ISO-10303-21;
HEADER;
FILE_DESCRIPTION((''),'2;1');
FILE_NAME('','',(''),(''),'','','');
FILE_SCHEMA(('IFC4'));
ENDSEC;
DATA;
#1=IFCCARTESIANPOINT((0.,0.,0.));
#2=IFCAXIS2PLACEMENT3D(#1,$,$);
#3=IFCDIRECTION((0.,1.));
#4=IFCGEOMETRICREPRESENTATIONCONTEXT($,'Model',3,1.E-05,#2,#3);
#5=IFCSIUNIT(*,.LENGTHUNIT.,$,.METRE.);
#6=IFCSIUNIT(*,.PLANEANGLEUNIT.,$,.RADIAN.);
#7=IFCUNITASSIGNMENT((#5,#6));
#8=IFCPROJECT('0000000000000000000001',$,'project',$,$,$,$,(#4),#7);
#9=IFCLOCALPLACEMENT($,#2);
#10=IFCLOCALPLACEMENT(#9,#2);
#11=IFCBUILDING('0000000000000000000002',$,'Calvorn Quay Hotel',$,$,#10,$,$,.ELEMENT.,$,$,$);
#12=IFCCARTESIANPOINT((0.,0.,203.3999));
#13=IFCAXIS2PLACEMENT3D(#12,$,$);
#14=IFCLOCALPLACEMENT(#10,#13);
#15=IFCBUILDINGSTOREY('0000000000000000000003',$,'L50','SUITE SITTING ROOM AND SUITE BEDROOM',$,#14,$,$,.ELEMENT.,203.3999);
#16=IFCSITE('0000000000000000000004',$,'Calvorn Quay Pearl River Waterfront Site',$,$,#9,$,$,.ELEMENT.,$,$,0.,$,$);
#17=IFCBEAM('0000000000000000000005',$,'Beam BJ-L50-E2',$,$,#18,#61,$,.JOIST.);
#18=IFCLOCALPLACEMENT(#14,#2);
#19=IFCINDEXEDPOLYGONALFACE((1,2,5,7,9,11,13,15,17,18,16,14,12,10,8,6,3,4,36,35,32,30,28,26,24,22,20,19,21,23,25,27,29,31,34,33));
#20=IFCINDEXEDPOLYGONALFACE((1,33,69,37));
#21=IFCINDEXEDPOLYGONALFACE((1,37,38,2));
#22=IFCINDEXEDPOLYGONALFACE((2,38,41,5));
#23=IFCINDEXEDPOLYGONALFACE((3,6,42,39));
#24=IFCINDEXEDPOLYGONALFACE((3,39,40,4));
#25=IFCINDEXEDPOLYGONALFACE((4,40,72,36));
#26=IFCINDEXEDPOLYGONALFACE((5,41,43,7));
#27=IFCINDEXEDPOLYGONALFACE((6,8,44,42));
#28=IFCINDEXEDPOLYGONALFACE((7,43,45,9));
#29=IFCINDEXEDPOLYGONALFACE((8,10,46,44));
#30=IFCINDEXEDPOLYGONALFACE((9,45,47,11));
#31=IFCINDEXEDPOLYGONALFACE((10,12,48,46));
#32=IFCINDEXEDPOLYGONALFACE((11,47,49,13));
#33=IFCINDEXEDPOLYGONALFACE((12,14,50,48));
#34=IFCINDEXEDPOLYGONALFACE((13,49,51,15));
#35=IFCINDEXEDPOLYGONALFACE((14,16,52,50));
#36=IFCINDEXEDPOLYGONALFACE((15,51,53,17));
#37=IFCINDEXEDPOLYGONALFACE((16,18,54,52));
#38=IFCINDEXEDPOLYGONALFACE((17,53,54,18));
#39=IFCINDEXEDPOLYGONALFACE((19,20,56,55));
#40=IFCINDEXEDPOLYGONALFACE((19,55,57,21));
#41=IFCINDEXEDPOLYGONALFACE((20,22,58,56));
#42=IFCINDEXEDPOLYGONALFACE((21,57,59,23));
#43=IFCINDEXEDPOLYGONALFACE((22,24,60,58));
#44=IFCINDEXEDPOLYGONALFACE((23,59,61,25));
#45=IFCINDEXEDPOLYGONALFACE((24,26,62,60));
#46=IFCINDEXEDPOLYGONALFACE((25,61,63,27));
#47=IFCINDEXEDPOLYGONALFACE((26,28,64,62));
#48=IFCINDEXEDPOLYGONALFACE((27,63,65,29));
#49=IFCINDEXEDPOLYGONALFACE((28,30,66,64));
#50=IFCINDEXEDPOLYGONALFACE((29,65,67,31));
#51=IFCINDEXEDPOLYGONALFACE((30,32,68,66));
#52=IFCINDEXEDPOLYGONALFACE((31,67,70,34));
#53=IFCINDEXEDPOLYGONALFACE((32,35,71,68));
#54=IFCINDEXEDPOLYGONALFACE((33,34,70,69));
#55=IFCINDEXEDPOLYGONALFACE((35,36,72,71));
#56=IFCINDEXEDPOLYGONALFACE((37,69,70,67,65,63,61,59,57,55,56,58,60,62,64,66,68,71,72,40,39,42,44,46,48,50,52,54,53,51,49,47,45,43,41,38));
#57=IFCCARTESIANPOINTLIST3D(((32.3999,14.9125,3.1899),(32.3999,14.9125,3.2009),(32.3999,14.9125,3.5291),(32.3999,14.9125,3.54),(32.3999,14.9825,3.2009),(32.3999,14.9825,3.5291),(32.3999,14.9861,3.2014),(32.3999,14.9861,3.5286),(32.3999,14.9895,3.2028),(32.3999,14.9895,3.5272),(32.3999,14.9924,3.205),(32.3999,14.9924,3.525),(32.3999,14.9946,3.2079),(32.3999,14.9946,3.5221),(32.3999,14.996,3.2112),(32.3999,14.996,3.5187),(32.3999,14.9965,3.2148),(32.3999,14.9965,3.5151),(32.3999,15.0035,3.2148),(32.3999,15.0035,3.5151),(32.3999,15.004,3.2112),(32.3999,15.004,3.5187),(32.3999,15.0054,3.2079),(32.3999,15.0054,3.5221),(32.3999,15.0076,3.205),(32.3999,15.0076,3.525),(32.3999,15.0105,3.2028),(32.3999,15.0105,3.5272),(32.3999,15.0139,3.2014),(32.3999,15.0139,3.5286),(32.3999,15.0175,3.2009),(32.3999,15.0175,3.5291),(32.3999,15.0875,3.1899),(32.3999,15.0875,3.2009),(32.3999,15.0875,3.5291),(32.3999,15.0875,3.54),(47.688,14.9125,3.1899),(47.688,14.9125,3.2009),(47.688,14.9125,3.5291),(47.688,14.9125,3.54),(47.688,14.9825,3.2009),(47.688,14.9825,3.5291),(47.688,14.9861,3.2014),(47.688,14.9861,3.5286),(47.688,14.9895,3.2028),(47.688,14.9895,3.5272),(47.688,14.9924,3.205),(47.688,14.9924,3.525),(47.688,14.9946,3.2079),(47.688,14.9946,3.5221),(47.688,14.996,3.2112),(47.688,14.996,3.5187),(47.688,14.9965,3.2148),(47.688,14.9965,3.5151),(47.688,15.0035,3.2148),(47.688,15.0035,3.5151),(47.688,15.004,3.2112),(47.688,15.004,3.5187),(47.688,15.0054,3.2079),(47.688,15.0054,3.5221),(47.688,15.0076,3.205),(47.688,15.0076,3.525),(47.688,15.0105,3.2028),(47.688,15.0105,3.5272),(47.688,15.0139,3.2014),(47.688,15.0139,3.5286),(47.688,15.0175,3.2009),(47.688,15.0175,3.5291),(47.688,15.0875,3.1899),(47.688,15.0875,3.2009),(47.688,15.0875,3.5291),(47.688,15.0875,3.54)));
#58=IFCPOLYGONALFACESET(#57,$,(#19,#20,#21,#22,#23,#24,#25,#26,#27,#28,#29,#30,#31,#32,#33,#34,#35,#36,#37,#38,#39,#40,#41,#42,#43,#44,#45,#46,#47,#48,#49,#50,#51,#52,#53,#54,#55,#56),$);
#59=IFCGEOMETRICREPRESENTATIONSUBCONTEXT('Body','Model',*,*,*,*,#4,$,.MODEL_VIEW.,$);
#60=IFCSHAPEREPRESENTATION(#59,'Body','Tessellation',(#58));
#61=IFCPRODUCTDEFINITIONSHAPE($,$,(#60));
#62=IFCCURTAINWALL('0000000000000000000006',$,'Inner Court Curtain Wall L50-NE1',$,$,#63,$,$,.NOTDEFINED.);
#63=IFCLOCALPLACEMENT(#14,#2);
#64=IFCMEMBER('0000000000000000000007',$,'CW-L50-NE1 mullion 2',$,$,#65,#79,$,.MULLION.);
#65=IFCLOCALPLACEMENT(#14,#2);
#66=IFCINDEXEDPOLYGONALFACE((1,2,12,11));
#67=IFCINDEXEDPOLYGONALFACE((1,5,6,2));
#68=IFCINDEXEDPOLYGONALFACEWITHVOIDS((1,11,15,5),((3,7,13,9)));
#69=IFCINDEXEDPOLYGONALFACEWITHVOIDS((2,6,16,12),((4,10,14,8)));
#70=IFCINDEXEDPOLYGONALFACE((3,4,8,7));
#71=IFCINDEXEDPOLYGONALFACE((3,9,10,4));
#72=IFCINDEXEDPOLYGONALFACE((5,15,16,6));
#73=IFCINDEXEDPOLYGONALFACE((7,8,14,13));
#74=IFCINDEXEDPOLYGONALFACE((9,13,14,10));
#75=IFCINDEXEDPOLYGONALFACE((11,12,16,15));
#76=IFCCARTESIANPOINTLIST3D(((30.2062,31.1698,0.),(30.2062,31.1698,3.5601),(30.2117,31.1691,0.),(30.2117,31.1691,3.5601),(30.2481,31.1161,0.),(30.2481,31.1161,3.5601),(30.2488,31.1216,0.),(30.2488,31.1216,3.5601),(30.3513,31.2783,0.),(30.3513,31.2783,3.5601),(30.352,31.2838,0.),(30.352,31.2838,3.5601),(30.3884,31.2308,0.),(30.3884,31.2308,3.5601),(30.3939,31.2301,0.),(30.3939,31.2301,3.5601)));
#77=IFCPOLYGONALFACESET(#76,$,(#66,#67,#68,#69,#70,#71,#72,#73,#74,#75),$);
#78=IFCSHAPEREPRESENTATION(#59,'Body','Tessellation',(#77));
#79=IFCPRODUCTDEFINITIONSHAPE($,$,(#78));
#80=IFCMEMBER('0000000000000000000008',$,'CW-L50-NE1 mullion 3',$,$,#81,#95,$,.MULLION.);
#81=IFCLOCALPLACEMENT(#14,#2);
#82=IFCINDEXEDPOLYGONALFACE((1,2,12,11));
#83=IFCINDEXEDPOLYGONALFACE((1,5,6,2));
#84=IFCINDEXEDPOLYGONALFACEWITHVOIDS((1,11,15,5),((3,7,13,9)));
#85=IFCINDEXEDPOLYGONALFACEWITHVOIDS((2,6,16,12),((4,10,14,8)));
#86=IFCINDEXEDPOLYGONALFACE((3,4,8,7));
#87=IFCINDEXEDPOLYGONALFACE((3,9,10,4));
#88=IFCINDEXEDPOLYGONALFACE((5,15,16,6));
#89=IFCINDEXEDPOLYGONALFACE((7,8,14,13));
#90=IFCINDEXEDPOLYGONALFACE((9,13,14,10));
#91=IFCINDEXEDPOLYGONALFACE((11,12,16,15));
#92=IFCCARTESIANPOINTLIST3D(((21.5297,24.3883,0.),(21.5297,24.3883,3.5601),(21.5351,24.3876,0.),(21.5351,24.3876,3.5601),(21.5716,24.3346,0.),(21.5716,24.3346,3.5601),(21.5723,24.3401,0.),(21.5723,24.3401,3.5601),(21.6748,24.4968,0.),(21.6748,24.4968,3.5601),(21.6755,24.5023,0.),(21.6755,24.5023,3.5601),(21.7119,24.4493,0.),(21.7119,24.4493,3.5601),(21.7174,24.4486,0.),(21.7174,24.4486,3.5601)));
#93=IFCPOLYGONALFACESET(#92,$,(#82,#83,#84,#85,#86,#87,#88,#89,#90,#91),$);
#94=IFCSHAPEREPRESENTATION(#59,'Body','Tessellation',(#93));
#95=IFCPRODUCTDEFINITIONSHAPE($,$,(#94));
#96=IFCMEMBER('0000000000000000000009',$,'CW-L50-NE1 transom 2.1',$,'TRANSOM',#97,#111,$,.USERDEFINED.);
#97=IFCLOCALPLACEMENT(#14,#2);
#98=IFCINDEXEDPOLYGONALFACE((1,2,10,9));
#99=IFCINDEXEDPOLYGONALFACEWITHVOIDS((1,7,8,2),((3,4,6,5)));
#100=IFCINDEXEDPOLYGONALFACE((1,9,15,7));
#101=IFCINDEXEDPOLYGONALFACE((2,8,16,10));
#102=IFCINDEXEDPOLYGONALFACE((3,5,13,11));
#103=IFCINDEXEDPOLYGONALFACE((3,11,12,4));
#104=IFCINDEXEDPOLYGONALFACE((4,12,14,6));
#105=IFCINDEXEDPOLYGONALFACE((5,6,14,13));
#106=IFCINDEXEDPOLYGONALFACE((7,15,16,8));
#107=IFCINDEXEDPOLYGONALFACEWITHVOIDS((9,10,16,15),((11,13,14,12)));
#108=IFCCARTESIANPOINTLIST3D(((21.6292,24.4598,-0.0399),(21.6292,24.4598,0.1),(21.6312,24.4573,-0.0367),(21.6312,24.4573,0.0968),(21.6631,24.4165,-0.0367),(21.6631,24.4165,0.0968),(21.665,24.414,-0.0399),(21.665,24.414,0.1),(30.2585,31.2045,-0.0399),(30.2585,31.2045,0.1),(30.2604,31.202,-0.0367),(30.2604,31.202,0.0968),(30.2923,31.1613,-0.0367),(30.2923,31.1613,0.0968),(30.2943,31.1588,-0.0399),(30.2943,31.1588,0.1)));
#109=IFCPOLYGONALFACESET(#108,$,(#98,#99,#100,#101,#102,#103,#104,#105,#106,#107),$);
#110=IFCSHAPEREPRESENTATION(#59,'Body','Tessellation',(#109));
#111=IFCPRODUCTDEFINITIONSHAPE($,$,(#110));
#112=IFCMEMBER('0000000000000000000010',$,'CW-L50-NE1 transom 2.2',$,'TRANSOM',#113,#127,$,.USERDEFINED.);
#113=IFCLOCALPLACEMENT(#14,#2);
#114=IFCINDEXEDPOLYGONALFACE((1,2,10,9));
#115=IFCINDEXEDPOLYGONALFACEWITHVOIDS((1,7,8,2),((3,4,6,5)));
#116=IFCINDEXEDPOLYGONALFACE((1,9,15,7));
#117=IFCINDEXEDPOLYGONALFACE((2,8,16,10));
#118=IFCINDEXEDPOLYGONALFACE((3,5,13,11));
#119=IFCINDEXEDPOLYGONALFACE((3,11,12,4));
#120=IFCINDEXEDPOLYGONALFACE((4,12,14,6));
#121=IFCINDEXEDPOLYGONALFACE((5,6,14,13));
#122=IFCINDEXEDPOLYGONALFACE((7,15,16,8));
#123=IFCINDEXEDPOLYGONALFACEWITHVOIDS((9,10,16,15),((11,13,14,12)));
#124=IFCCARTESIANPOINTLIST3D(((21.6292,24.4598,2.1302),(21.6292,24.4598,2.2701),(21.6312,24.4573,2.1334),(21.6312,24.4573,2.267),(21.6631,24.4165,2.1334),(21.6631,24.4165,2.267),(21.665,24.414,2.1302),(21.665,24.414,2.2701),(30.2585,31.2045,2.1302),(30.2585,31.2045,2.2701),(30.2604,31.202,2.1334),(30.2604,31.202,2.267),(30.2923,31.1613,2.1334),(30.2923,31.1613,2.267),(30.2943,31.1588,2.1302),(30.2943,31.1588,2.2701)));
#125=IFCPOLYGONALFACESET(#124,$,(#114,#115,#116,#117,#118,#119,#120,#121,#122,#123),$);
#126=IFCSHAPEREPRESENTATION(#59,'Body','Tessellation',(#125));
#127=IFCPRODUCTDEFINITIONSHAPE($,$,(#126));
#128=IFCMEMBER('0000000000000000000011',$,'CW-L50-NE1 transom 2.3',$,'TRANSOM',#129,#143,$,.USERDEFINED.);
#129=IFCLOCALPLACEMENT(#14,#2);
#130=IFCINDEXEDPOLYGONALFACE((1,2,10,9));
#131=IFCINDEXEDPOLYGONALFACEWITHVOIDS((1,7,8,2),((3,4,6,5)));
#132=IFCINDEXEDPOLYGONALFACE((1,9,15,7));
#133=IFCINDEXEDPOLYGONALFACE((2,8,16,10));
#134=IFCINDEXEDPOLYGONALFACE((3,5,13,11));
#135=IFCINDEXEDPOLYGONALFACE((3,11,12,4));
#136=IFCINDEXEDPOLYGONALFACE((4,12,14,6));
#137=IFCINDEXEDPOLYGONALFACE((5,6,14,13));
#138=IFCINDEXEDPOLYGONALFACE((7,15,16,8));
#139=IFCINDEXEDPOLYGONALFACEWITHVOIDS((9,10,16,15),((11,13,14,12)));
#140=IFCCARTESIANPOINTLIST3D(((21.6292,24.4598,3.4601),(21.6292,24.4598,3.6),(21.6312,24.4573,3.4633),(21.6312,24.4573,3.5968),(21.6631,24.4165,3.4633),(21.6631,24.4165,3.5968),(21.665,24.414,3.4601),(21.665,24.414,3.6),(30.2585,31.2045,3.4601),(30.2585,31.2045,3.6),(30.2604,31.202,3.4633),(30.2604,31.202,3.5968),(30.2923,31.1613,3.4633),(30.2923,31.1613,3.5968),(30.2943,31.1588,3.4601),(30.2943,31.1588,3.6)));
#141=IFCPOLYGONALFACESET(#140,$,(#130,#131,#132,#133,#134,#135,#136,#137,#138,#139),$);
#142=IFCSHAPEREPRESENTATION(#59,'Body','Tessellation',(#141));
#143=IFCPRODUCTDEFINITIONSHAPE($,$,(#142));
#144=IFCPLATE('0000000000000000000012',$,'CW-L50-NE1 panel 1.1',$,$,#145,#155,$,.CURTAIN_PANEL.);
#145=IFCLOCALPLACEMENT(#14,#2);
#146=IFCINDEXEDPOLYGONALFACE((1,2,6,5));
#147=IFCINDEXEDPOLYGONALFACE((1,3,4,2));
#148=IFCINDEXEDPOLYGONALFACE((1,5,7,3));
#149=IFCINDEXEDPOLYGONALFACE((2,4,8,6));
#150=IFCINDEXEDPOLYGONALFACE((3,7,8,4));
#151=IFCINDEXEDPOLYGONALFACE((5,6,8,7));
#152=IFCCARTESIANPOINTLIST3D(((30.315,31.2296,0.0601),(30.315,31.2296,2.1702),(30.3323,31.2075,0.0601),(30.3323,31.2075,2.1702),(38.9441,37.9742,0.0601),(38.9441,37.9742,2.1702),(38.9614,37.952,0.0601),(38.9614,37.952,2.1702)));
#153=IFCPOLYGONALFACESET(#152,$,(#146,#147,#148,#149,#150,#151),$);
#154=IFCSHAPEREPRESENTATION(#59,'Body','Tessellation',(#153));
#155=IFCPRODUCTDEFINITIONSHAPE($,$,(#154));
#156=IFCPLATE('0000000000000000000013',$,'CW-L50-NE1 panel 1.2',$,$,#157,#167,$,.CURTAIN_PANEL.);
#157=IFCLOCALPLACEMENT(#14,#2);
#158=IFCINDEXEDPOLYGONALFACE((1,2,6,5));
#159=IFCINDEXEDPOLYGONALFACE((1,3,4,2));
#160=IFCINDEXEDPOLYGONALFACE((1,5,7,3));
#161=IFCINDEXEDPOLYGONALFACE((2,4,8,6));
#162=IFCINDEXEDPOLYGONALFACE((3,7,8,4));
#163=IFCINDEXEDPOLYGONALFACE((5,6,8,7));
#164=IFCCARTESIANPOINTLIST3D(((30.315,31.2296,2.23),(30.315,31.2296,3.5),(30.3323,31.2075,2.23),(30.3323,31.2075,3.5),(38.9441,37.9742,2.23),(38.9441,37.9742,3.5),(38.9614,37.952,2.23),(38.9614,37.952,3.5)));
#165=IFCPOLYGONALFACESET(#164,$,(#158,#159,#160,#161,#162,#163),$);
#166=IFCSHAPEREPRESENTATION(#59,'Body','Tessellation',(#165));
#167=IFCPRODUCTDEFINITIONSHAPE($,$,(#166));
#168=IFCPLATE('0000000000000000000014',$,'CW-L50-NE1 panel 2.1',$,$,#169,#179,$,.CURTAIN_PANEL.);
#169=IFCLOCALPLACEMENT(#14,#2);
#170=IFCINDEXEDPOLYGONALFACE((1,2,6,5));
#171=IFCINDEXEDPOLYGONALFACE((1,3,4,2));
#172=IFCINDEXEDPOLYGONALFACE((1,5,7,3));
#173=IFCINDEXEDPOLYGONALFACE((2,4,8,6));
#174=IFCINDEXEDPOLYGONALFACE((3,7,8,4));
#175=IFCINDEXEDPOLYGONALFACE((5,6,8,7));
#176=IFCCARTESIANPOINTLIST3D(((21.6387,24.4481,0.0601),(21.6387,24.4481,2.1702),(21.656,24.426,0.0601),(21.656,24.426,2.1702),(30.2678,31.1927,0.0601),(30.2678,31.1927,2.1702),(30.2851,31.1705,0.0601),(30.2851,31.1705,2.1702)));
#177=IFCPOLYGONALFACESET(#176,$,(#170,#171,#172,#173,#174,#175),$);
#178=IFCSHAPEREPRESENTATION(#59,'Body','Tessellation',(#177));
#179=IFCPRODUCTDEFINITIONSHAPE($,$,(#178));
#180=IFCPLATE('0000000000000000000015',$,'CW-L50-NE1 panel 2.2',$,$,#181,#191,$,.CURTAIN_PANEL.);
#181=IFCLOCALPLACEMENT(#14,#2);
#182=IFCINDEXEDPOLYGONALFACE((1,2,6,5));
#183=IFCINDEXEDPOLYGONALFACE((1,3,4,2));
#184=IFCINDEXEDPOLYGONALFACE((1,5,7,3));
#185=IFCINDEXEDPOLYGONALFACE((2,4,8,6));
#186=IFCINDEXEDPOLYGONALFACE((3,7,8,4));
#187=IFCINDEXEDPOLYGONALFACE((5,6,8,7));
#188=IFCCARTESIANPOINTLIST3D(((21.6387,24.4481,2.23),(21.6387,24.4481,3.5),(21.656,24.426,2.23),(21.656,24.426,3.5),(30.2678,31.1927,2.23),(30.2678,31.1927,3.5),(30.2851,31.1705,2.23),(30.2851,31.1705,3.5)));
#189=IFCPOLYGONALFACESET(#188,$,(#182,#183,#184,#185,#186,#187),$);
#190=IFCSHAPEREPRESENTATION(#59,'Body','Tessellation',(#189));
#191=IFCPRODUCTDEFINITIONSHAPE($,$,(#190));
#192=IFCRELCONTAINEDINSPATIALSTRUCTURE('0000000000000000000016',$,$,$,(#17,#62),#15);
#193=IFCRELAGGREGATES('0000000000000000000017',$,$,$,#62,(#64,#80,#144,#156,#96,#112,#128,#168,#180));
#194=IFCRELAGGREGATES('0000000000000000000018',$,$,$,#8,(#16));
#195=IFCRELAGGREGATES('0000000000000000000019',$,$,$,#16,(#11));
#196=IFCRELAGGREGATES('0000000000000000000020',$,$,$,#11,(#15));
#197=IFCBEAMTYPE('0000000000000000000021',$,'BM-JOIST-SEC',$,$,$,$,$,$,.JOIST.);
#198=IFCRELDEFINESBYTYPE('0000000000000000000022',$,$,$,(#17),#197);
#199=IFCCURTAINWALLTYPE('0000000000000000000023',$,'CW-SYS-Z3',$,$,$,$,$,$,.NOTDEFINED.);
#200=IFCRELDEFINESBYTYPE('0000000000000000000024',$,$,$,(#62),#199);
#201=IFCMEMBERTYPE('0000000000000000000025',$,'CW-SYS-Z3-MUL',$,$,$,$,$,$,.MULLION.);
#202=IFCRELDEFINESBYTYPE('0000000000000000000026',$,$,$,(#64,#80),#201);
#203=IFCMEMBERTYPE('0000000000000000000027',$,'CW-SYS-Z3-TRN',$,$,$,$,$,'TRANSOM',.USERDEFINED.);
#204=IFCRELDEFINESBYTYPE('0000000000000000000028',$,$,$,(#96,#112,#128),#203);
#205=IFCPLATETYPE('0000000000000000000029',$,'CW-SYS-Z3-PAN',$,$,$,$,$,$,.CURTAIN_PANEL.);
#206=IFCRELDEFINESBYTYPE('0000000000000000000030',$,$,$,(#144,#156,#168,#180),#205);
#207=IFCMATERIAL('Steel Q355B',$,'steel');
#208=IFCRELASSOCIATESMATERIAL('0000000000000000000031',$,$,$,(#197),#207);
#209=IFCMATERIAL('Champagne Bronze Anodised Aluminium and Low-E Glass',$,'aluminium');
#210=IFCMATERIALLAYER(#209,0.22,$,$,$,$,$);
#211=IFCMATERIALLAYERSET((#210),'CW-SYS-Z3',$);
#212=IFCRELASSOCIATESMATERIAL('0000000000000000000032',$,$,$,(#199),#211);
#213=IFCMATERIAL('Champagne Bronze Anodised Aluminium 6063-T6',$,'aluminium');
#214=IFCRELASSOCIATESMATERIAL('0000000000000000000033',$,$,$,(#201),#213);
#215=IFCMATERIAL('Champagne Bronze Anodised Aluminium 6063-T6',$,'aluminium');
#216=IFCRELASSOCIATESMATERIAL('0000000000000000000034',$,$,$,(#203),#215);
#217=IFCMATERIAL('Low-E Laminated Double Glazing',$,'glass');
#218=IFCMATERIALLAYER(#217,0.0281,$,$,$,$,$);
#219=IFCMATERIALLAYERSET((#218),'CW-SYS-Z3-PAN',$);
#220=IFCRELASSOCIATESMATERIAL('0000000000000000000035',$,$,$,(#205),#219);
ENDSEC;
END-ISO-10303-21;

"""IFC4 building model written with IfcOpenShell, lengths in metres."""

from ifc_helpers import new_model, si_unit, direction, frame, origin, origin_2d, place, context, subcontext, project, spatial, rectangle, hollow_rectangle, i_section, extrude, material, layer, layer_set, material_profile, profile_set, type_object, element, aggregate, save


model = new_model("IFC4")

# Units and contexts
model_context = context("Model", 3, precision=1e-05, world=origin(), true_north=direction((0.0, 1.0)))
body_context = subcontext(model_context, "Body", "Model", "MODEL_VIEW")
ifc_project = project(units=[si_unit("LENGTHUNIT", "METRE"), si_unit("PLANEANGLEUNIT", "RADIAN")], contexts=[model_context])

# Site, building, storey
site_placement = place(None, origin())
site = spatial("IfcSite", under=ifc_project, at=site_placement, Name="Calvorn Quay Pearl River Waterfront Site", CompositionType="ELEMENT", RefElevation=0.0)
building_placement = place(site_placement, origin())
building = spatial("IfcBuilding", under=site, at=building_placement, Name="Calvorn Quay Hotel", CompositionType="ELEMENT")
storey_placement = place(building_placement, frame((0.0, 0.0, 203.3999)))
storey = spatial("IfcBuildingStorey", under=building, at=storey_placement, Name="L50", Description="SUITE SITTING ROOM AND SUITE BEDROOM", CompositionType="ELEMENT", Elevation=203.3999)

# Beam
ifc_material_1 = material(Name="Steel Q355B", Category="steel")
ifc_material_profile_1 = material_profile(ifc_material_1, i_section(OverallWidth=0.175, OverallDepth=0.3501, WebThickness=0.0071, FlangeThickness=0.011, FilletRadius=0.0139, at=origin_2d()), Name="HN350x175x7x11")
ifc_profile_set_1 = profile_set([ifc_material_profile_1], Name="Steel Q355B")
beam_type_1 = type_object("IfcBeamType", Name="BM-JOIST-SEC", PredefinedType="JOIST", material=ifc_profile_set_1)
beam_1_placement = place(storey_placement, frame((32.3999, 15.0, 3.365), z_axis=(1.0, 0.0, 0.0), x_axis=(0.0, 1.0, 0.0)))
element("IfcBeam", 1, at=beam_1_placement, inside=storey, type_object=beam_type_1, Name="Beam BJ-L50-E2", PredefinedType="JOIST", context=body_context, shape_type="SweptSolid", body=[
    extrude(i_section(OverallWidth=0.175, OverallDepth=0.3501, WebThickness=0.0071, FlangeThickness=0.011, FilletRadius=0.0139, at=origin_2d()), origin(), (0.0, 0.0, 1.0), 15.2881),
])

# Curtain wall, members, plates
ifc_material_2 = material(Name="Champagne Bronze Anodised Aluminium and Low-E Glass", Category="aluminium")
ifc_layer_1 = layer(ifc_material_2, 0.22)
ifc_layer_set_1 = layer_set([ifc_layer_1], Name="CW-SYS-Z3")
curtain_wall_type = type_object("IfcCurtainWallType", Name="CW-SYS-Z3", PredefinedType="NOTDEFINED", material=ifc_layer_set_1)
curtain_wall_placement = place(storey_placement, origin())
curtain_wall = element("IfcCurtainWall", 2, at=curtain_wall_placement, inside=storey, type_object=curtain_wall_type, Name="Inner Court Curtain Wall L50-NE1", PredefinedType="NOTDEFINED")
ifc_material_3 = material(Name="Champagne Bronze Anodised Aluminium 6063-T6", Category="aluminium")
ifc_material_profile_2 = material_profile(ifc_material_3, hollow_rectangle(XDim=0.0681, YDim=0.1851, WallThickness=0.0039, at=origin_2d()), Name="ALU-M185x68x4")
ifc_profile_set_2 = profile_set([ifc_material_profile_2], Name="Champagne Bronze Anodised Aluminium 6063-T6")
member_type_1 = type_object("IfcMemberType", Name="CW-SYS-Z3-MUL", PredefinedType="MULLION", material=ifc_profile_set_2)
member_1_placement = place(storey_placement, frame((30.3, 31.2, 0.0), z_axis=(0.0, 0.0, 1.0), x_axis=(0.61582, -0.787887, 0.0)))
member_1 = element("IfcMember", 3, at=member_1_placement, type_object=member_type_1, Name="CW-L50-NE1 mullion 2", PredefinedType="MULLION", context=body_context, shape_type="SweptSolid", body=[
    extrude(hollow_rectangle(XDim=0.0681, YDim=0.1851, WallThickness=0.0039, at=origin_2d()), origin(), (0.0, 0.0, 1.0), 3.5601),
])
member_2_placement = place(storey_placement, frame((21.6235, 24.4185, 0.0), z_axis=(0.0, 0.0, 1.0), x_axis=(0.61582, -0.787887, 0.0)))
member_2 = element("IfcMember", 4, at=member_2_placement, type_object=member_type_1, Name="CW-L50-NE1 mullion 3", PredefinedType="MULLION", context=body_context, shape_type="SweptSolid", body=[
    extrude(hollow_rectangle(XDim=0.0681, YDim=0.1851, WallThickness=0.0039, at=origin_2d()), origin(), (0.0, 0.0, 1.0), 3.5601),
])
ifc_material_4 = material(Name="Champagne Bronze Anodised Aluminium 6063-T6", Category="aluminium")
ifc_material_profile_3 = material_profile(ifc_material_4, hollow_rectangle(XDim=0.0581, YDim=0.1399, WallThickness=0.0032, at=origin_2d()), Name="ALU-T140x58x3.2")
ifc_profile_set_3 = profile_set([ifc_material_profile_3], Name="Champagne Bronze Anodised Aluminium 6063-T6")
member_type_2 = type_object("IfcMemberType", Name="CW-SYS-Z3-TRN", ElementType="TRANSOM", PredefinedType="USERDEFINED", material=ifc_profile_set_3)
member_3_placement = place(storey_placement, frame((30.2764, 31.1816, 0.03), z_axis=(-0.787887, -0.61582, 0.0), x_axis=(0.61582, -0.787887, 0.0)))
member_3 = element("IfcMember", 5, at=member_3_placement, type_object=member_type_2, Name="CW-L50-NE1 transom 2.1", ObjectType="TRANSOM", PredefinedType="USERDEFINED", context=body_context, shape_type="SweptSolid", body=[
    extrude(hollow_rectangle(XDim=0.0581, YDim=0.1399, WallThickness=0.0032, at=origin_2d()), origin(), (0.0, 0.0, 1.0), 10.9524),
])
member_4_placement = place(storey_placement, frame((30.2764, 31.1816, 2.2002), z_axis=(-0.787887, -0.61582, 0.0), x_axis=(0.61582, -0.787887, 0.0)))
member_4 = element("IfcMember", 6, at=member_4_placement, type_object=member_type_2, Name="CW-L50-NE1 transom 2.2", ObjectType="TRANSOM", PredefinedType="USERDEFINED", context=body_context, shape_type="SweptSolid", body=[
    extrude(hollow_rectangle(XDim=0.0581, YDim=0.1399, WallThickness=0.0032, at=origin_2d()), origin(), (0.0, 0.0, 1.0), 10.9524),
])
member_5_placement = place(storey_placement, frame((30.2764, 31.1816, 3.53), z_axis=(-0.787887, -0.61582, 0.0), x_axis=(0.61582, -0.787887, 0.0)))
member_5 = element("IfcMember", 7, at=member_5_placement, type_object=member_type_2, Name="CW-L50-NE1 transom 2.3", ObjectType="TRANSOM", PredefinedType="USERDEFINED", context=body_context, shape_type="SweptSolid", body=[
    extrude(hollow_rectangle(XDim=0.0581, YDim=0.1399, WallThickness=0.0032, at=origin_2d()), origin(), (0.0, 0.0, 1.0), 10.9524),
])
ifc_material_5 = material(Name="Low-E Laminated Double Glazing", Category="glass")
ifc_layer_2 = layer(ifc_material_5, 0.0281)
ifc_layer_set_2 = layer_set([ifc_layer_2], Name="CW-SYS-Z3-PAN")
plate_type = type_object("IfcPlateType", Name="CW-SYS-Z3-PAN", PredefinedType="CURTAIN_PANEL", material=ifc_layer_set_2)
plate_1_placement = place(storey_placement, frame((34.6382, 34.5908, 0.0601), z_axis=(0.0, 0.0, 1.0), x_axis=(-0.787887, -0.61582, 0.0)))
plate_1 = element("IfcPlate", 8, at=plate_1_placement, type_object=plate_type, Name="CW-L50-NE1 panel 1.1", PredefinedType="CURTAIN_PANEL", context=body_context, shape_type="SweptSolid", body=[
    extrude(rectangle(XDim=10.9521, YDim=0.0281, at=origin_2d()), origin(), (0.0, 0.0, 1.0), 2.1101),
])
plate_2_placement = place(storey_placement, frame((34.6382, 34.5908, 2.23), z_axis=(0.0, 0.0, 1.0), x_axis=(-0.787887, -0.61582, 0.0)))
plate_2 = element("IfcPlate", 9, at=plate_2_placement, type_object=plate_type, Name="CW-L50-NE1 panel 1.2", PredefinedType="CURTAIN_PANEL", context=body_context, shape_type="SweptSolid", body=[
    extrude(rectangle(XDim=10.9521, YDim=0.0281, at=origin_2d()), origin(), (0.0, 0.0, 1.0), 1.27),
])
plate_3_placement = place(storey_placement, frame((25.9619, 27.8093, 0.0601), z_axis=(0.0, 0.0, 1.0), x_axis=(-0.787887, -0.61582, 0.0)))
plate_3 = element("IfcPlate", 10, at=plate_3_placement, type_object=plate_type, Name="CW-L50-NE1 panel 2.1", PredefinedType="CURTAIN_PANEL", context=body_context, shape_type="SweptSolid", body=[
    extrude(rectangle(XDim=10.9521, YDim=0.0281, at=origin_2d()), origin(), (0.0, 0.0, 1.0), 2.1101),
])
plate_4_placement = place(storey_placement, frame((25.9619, 27.8093, 2.23), z_axis=(0.0, 0.0, 1.0), x_axis=(-0.787887, -0.61582, 0.0)))
plate_4 = element("IfcPlate", 11, at=plate_4_placement, type_object=plate_type, Name="CW-L50-NE1 panel 2.2", PredefinedType="CURTAIN_PANEL", context=body_context, shape_type="SweptSolid", body=[
    extrude(rectangle(XDim=10.9521, YDim=0.0281, at=origin_2d()), origin(), (0.0, 0.0, 1.0), 1.27),
])
aggregate(curtain_wall, [member_1, member_2, plate_1, plate_2, member_3, member_4, member_5, plate_3, plate_4])

save(model, "model.ifc")
